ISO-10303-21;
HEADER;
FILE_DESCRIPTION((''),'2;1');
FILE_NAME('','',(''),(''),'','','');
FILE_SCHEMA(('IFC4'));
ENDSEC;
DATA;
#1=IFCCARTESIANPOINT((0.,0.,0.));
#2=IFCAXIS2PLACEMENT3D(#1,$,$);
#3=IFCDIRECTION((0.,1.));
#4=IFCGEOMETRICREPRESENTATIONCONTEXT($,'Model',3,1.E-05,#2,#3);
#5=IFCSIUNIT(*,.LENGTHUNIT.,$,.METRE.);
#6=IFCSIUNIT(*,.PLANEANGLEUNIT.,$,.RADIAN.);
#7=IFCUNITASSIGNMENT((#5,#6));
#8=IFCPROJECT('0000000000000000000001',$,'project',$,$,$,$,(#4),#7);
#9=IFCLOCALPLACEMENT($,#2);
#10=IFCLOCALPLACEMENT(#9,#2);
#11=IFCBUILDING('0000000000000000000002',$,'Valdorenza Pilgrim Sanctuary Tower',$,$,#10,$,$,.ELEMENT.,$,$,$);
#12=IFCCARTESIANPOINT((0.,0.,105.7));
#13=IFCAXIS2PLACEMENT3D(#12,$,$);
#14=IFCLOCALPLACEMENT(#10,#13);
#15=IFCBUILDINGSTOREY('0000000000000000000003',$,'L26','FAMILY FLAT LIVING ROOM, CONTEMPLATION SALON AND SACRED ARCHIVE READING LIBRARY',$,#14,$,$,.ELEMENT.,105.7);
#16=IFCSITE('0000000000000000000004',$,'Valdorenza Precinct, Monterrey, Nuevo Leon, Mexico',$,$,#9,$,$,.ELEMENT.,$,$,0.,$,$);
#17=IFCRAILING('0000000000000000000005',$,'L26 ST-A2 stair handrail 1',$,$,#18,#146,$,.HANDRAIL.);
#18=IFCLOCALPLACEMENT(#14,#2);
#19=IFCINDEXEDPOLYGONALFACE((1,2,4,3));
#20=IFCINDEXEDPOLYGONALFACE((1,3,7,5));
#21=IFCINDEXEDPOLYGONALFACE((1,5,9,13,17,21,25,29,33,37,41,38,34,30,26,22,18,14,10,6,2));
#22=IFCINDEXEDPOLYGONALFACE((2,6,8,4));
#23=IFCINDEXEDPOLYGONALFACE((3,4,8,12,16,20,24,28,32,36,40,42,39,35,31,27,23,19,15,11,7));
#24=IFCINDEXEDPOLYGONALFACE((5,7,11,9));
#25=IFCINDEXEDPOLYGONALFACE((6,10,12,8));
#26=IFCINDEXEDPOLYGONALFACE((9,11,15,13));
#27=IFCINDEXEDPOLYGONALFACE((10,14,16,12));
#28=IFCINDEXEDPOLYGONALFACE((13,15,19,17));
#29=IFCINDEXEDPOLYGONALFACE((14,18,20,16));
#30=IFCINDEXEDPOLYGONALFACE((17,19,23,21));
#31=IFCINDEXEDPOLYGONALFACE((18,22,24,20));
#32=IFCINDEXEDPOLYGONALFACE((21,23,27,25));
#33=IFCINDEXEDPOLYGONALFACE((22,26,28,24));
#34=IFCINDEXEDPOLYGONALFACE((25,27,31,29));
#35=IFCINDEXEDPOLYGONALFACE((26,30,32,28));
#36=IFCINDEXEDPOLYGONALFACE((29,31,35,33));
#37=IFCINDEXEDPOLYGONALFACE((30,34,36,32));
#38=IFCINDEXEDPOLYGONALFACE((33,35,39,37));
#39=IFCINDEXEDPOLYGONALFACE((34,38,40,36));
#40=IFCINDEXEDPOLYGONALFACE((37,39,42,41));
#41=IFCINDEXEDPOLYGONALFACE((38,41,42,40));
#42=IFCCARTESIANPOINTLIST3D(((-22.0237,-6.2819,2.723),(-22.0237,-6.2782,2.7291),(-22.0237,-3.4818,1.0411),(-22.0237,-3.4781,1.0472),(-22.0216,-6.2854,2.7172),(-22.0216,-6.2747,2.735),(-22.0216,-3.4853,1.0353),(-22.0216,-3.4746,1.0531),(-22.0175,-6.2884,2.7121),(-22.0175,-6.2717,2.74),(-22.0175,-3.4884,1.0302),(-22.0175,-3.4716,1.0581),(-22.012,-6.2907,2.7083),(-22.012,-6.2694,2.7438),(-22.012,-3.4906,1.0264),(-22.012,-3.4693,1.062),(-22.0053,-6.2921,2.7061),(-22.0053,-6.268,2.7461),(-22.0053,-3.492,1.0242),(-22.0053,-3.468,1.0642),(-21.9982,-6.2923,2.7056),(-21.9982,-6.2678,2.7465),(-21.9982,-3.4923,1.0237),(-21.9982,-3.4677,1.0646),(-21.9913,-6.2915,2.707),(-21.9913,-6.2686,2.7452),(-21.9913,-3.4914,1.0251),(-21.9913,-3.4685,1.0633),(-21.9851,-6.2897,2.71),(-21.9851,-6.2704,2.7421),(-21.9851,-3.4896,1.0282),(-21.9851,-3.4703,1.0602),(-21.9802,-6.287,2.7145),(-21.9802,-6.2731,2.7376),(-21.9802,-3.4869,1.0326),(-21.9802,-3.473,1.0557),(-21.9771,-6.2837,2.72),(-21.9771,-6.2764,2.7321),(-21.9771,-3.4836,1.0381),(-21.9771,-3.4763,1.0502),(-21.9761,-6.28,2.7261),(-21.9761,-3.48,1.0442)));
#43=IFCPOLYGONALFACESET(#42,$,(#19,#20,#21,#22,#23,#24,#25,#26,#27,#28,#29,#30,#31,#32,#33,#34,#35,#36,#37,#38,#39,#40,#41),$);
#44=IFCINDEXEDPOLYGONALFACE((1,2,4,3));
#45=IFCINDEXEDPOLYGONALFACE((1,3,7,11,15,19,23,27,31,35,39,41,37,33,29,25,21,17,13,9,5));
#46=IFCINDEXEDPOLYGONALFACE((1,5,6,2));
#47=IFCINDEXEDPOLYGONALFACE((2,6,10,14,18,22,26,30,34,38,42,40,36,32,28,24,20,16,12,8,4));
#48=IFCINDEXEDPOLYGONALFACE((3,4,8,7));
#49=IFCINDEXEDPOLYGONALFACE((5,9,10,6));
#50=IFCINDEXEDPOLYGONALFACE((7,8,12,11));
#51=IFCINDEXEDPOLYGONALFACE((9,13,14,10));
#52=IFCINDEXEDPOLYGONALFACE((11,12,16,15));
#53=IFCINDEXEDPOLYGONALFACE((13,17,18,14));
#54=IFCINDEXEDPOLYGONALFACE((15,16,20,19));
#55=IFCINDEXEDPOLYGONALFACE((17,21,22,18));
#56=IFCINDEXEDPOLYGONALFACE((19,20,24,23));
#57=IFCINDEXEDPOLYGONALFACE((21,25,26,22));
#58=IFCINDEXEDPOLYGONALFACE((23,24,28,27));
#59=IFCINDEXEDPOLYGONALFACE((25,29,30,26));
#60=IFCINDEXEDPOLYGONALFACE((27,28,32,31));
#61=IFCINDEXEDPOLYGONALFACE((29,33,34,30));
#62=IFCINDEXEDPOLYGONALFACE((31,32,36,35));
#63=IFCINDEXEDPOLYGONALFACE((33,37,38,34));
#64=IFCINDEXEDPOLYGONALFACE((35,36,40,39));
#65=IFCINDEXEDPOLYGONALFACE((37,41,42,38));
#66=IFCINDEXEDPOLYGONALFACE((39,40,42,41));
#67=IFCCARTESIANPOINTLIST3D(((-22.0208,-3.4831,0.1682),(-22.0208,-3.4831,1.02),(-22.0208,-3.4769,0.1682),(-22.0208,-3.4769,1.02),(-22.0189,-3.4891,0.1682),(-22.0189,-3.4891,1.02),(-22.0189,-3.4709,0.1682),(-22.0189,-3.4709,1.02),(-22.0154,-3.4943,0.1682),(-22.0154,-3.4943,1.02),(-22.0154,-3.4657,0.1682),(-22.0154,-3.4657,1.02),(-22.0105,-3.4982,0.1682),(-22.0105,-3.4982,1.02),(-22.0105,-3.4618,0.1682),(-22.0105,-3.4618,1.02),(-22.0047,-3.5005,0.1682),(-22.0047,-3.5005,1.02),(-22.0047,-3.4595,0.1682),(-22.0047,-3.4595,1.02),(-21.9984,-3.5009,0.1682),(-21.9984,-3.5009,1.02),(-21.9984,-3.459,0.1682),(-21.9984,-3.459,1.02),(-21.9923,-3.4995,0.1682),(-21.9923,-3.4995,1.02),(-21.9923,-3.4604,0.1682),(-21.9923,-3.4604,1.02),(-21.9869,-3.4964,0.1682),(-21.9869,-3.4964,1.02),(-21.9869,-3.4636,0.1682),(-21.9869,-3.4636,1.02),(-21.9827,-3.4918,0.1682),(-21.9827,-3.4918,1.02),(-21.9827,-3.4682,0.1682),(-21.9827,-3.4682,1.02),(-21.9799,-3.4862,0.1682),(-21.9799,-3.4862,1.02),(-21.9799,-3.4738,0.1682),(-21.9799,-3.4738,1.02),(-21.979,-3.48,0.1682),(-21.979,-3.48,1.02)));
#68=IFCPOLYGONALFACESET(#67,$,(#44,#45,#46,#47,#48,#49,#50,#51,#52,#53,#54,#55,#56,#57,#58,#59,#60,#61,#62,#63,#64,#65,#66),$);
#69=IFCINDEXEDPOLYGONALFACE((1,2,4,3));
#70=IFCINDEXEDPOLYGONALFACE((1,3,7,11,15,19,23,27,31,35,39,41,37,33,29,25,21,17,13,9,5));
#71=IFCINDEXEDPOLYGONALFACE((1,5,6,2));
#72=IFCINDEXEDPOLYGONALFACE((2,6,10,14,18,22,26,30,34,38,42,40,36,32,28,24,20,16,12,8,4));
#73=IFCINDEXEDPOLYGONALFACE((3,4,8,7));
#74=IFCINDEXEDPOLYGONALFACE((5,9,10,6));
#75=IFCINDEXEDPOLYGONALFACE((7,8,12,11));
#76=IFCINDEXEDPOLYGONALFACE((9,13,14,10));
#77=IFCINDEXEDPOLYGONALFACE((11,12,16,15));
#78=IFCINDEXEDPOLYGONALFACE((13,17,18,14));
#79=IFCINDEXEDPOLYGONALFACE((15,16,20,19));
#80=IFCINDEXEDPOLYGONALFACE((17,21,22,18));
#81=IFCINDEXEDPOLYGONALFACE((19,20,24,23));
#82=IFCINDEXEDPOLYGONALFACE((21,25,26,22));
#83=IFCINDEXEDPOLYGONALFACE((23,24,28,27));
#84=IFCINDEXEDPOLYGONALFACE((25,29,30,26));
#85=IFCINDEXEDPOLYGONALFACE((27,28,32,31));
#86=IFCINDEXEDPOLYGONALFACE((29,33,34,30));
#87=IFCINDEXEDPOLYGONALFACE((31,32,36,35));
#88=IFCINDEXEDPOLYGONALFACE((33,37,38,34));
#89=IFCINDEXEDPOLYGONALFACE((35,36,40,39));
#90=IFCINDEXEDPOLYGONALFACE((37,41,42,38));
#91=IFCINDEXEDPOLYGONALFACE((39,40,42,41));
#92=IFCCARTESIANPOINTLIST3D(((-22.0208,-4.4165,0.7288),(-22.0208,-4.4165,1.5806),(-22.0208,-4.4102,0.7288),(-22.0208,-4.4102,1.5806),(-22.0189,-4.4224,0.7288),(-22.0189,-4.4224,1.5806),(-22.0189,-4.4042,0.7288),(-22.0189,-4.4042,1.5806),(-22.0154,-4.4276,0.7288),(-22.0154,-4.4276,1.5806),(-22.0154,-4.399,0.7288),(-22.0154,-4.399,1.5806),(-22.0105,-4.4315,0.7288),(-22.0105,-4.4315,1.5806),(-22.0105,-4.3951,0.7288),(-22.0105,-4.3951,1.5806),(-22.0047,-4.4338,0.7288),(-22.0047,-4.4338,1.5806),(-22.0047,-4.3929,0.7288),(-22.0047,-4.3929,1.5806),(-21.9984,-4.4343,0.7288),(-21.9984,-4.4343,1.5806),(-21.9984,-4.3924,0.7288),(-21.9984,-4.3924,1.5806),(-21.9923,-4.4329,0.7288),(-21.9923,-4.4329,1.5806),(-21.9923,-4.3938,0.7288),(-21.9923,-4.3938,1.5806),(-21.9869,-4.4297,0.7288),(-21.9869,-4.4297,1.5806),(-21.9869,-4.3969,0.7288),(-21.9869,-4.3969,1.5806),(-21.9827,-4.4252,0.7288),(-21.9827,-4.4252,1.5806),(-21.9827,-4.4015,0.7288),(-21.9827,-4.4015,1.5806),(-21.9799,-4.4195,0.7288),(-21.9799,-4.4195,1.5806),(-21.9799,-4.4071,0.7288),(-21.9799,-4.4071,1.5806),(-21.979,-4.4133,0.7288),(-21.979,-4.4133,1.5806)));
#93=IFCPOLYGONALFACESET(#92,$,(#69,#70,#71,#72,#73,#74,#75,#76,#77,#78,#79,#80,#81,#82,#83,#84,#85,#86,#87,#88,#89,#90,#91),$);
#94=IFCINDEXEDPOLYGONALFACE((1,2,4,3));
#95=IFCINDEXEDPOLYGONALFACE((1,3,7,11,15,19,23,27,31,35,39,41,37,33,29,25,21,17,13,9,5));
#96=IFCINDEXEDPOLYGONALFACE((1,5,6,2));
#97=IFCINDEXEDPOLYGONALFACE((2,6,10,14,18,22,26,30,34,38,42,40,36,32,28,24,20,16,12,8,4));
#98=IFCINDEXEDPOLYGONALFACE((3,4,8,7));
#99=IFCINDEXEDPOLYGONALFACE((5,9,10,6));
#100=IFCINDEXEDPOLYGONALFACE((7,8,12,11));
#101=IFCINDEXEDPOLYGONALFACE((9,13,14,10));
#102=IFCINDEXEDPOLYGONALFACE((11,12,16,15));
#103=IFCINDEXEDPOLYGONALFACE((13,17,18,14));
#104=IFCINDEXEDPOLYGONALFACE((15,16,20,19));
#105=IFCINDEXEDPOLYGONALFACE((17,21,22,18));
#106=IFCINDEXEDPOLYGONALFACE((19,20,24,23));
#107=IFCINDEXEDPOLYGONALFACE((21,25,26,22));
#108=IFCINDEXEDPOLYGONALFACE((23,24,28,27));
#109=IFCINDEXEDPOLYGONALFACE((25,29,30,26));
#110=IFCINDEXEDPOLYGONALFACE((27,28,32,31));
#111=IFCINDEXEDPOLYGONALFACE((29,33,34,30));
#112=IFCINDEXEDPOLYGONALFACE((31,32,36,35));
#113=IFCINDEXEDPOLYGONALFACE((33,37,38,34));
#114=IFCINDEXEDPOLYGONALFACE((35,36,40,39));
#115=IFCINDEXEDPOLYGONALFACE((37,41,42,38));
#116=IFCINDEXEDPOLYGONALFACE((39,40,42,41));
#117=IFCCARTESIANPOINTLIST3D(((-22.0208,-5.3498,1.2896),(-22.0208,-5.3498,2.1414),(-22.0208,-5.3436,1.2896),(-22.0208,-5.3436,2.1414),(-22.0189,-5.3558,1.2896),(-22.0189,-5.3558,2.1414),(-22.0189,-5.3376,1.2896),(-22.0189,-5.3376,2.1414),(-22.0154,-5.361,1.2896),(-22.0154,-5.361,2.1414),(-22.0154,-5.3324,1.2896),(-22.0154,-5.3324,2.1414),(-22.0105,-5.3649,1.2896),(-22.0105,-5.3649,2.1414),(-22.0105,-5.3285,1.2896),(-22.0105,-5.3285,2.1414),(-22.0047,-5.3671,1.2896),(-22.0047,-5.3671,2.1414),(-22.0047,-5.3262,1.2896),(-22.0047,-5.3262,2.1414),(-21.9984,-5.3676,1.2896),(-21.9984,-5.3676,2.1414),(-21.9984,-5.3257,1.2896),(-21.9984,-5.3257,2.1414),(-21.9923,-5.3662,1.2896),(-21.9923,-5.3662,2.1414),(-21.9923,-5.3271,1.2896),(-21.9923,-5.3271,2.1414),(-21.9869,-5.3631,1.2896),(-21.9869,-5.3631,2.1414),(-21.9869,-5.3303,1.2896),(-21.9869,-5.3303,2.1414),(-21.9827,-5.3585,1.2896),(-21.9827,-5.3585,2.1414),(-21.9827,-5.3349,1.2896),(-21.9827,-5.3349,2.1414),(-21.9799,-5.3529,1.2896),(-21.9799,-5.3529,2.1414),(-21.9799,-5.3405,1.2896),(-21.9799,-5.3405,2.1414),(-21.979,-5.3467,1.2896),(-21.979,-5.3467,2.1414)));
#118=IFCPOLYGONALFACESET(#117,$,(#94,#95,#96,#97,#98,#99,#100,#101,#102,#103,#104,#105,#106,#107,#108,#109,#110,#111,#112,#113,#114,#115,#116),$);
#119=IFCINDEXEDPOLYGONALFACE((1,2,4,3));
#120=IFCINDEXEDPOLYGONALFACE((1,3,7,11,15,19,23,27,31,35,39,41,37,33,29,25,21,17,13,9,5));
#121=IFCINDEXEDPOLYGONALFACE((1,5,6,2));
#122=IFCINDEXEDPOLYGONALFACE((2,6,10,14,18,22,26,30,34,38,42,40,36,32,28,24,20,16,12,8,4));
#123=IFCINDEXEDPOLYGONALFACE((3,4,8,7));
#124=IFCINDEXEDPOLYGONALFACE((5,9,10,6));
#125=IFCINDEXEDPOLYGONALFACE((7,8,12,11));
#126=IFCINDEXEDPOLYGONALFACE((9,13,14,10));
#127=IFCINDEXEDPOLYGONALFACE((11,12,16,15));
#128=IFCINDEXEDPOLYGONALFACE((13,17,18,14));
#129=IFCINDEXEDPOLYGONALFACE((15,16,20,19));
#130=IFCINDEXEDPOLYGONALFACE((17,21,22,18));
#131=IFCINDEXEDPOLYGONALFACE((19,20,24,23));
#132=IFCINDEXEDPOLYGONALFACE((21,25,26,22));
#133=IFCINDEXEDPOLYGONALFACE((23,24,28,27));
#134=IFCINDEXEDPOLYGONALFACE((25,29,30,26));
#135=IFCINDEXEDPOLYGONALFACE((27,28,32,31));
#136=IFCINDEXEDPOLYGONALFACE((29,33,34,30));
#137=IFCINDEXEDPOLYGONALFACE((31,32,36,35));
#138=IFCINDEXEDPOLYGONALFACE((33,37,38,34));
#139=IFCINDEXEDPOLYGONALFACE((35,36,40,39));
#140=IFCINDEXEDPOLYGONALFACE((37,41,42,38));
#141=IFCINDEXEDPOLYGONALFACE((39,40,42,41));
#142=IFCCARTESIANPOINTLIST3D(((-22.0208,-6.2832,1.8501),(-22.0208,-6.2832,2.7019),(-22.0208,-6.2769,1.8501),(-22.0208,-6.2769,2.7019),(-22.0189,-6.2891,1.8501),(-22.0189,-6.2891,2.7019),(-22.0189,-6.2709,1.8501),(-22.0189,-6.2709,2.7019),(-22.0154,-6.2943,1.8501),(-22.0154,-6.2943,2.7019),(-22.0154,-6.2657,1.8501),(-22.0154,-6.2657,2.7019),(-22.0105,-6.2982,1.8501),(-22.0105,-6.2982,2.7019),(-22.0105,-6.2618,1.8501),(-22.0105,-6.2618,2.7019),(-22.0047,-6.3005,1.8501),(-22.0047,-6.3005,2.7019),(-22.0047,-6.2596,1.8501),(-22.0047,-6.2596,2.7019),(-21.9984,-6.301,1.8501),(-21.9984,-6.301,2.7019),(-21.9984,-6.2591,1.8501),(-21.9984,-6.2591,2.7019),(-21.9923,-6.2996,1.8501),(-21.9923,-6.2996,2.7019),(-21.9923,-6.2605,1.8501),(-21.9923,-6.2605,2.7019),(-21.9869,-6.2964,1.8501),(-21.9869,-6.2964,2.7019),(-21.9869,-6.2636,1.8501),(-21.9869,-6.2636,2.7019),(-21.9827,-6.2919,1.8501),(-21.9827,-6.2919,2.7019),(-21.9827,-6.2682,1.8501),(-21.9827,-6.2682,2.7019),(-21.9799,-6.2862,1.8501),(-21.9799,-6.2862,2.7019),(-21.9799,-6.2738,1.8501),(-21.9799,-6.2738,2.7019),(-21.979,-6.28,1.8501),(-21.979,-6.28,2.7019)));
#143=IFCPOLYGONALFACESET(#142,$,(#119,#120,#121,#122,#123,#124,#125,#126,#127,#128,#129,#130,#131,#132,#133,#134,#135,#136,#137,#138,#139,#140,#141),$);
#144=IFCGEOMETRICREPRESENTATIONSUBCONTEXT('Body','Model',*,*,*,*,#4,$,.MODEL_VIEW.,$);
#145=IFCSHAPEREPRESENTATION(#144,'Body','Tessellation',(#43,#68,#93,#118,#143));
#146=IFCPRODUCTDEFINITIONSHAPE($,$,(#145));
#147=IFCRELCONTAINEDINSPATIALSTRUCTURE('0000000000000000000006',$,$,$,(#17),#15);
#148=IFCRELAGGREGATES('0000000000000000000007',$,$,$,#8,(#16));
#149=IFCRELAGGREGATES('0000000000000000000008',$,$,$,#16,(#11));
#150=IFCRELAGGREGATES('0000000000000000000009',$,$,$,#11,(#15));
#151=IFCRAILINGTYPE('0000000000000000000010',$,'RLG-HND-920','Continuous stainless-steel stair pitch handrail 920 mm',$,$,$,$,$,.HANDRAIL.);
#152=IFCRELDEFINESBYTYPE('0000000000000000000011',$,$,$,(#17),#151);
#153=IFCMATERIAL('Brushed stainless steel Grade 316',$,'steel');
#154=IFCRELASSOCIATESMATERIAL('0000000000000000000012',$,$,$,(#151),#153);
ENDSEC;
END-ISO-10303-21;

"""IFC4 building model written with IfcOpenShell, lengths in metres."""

from ifc_helpers import new_model, si_unit, direction, frame, origin, origin_2d, place, context, subcontext, project, spatial, circle, extrude, material, type_object, element, save


model = new_model("IFC4")

# Units and contexts
model_context = context("Model", 3, precision=1e-05, world=origin(), true_north=direction((0.0, 1.0)))
body_context = subcontext(model_context, "Body", "Model", "MODEL_VIEW")
ifc_project = project(units=[si_unit("LENGTHUNIT", "METRE"), si_unit("PLANEANGLEUNIT", "RADIAN")], contexts=[model_context])

# Site, building, storey
site_placement = place(None, origin())
site = spatial("IfcSite", under=ifc_project, at=site_placement, Name="Valdorenza Precinct, Monterrey, Nuevo Leon, Mexico", CompositionType="ELEMENT", RefElevation=0.0)
building_placement = place(site_placement, origin())
building = spatial("IfcBuilding", under=site, at=building_placement, Name="Valdorenza Pilgrim Sanctuary Tower", CompositionType="ELEMENT")
storey_placement = place(building_placement, frame((0.0, 0.0, 105.7)))
storey = spatial("IfcBuildingStorey", under=building, at=storey_placement, Name="L26", Description="FAMILY FLAT LIVING ROOM, CONTEMPLATION SALON AND SACRED ARCHIVE READING LIBRARY", CompositionType="ELEMENT", Elevation=105.7)

# Shared definitions
ifc_material_1 = material(Name="Brushed stainless steel Grade 316", Category="steel")

# Railing
railing_type_1 = type_object("IfcRailingType", Name="RLG-HND-920", Description="Continuous stainless-steel stair pitch handrail 920 mm", PredefinedType="HANDRAIL", material=ifc_material_1)
railing_1_placement = place(storey_placement, frame((-22.0, -3.48, 0.1682)))
element("IfcRailing", 1, at=railing_1_placement, inside=storey, type_object=railing_type_1, Name="L26 ST-A2 stair handrail 1", PredefinedType="HANDRAIL", context=body_context, shape_type="SweptSolid", body=[
    extrude(circle(Radius=0.0239, at=origin_2d()), frame((0.0, 0.0, 0.876), z_axis=(0.0, -0.857242, 0.514913), x_axis=(1.0, 0.0, 0.0)), (0.0, 0.0, 1.0), 3.2664),
    extrude(circle(Radius=0.021, at=origin_2d()), origin(), (0.0, 0.0, 1.0), 0.8518),
    extrude(circle(Radius=0.021, at=origin_2d()), frame((0.0, -0.9333, 0.5605)), (0.0, 0.0, 1.0), 0.8518),
    extrude(circle(Radius=0.021, at=origin_2d()), frame((0.0, -1.8667, 1.1213)), (0.0, 0.0, 1.0), 0.8518),
    extrude(circle(Radius=0.021, at=origin_2d()), frame((0.0, -2.8, 1.6819)), (0.0, 0.0, 1.0), 0.8518),
])

save(model, "model.ifc")
